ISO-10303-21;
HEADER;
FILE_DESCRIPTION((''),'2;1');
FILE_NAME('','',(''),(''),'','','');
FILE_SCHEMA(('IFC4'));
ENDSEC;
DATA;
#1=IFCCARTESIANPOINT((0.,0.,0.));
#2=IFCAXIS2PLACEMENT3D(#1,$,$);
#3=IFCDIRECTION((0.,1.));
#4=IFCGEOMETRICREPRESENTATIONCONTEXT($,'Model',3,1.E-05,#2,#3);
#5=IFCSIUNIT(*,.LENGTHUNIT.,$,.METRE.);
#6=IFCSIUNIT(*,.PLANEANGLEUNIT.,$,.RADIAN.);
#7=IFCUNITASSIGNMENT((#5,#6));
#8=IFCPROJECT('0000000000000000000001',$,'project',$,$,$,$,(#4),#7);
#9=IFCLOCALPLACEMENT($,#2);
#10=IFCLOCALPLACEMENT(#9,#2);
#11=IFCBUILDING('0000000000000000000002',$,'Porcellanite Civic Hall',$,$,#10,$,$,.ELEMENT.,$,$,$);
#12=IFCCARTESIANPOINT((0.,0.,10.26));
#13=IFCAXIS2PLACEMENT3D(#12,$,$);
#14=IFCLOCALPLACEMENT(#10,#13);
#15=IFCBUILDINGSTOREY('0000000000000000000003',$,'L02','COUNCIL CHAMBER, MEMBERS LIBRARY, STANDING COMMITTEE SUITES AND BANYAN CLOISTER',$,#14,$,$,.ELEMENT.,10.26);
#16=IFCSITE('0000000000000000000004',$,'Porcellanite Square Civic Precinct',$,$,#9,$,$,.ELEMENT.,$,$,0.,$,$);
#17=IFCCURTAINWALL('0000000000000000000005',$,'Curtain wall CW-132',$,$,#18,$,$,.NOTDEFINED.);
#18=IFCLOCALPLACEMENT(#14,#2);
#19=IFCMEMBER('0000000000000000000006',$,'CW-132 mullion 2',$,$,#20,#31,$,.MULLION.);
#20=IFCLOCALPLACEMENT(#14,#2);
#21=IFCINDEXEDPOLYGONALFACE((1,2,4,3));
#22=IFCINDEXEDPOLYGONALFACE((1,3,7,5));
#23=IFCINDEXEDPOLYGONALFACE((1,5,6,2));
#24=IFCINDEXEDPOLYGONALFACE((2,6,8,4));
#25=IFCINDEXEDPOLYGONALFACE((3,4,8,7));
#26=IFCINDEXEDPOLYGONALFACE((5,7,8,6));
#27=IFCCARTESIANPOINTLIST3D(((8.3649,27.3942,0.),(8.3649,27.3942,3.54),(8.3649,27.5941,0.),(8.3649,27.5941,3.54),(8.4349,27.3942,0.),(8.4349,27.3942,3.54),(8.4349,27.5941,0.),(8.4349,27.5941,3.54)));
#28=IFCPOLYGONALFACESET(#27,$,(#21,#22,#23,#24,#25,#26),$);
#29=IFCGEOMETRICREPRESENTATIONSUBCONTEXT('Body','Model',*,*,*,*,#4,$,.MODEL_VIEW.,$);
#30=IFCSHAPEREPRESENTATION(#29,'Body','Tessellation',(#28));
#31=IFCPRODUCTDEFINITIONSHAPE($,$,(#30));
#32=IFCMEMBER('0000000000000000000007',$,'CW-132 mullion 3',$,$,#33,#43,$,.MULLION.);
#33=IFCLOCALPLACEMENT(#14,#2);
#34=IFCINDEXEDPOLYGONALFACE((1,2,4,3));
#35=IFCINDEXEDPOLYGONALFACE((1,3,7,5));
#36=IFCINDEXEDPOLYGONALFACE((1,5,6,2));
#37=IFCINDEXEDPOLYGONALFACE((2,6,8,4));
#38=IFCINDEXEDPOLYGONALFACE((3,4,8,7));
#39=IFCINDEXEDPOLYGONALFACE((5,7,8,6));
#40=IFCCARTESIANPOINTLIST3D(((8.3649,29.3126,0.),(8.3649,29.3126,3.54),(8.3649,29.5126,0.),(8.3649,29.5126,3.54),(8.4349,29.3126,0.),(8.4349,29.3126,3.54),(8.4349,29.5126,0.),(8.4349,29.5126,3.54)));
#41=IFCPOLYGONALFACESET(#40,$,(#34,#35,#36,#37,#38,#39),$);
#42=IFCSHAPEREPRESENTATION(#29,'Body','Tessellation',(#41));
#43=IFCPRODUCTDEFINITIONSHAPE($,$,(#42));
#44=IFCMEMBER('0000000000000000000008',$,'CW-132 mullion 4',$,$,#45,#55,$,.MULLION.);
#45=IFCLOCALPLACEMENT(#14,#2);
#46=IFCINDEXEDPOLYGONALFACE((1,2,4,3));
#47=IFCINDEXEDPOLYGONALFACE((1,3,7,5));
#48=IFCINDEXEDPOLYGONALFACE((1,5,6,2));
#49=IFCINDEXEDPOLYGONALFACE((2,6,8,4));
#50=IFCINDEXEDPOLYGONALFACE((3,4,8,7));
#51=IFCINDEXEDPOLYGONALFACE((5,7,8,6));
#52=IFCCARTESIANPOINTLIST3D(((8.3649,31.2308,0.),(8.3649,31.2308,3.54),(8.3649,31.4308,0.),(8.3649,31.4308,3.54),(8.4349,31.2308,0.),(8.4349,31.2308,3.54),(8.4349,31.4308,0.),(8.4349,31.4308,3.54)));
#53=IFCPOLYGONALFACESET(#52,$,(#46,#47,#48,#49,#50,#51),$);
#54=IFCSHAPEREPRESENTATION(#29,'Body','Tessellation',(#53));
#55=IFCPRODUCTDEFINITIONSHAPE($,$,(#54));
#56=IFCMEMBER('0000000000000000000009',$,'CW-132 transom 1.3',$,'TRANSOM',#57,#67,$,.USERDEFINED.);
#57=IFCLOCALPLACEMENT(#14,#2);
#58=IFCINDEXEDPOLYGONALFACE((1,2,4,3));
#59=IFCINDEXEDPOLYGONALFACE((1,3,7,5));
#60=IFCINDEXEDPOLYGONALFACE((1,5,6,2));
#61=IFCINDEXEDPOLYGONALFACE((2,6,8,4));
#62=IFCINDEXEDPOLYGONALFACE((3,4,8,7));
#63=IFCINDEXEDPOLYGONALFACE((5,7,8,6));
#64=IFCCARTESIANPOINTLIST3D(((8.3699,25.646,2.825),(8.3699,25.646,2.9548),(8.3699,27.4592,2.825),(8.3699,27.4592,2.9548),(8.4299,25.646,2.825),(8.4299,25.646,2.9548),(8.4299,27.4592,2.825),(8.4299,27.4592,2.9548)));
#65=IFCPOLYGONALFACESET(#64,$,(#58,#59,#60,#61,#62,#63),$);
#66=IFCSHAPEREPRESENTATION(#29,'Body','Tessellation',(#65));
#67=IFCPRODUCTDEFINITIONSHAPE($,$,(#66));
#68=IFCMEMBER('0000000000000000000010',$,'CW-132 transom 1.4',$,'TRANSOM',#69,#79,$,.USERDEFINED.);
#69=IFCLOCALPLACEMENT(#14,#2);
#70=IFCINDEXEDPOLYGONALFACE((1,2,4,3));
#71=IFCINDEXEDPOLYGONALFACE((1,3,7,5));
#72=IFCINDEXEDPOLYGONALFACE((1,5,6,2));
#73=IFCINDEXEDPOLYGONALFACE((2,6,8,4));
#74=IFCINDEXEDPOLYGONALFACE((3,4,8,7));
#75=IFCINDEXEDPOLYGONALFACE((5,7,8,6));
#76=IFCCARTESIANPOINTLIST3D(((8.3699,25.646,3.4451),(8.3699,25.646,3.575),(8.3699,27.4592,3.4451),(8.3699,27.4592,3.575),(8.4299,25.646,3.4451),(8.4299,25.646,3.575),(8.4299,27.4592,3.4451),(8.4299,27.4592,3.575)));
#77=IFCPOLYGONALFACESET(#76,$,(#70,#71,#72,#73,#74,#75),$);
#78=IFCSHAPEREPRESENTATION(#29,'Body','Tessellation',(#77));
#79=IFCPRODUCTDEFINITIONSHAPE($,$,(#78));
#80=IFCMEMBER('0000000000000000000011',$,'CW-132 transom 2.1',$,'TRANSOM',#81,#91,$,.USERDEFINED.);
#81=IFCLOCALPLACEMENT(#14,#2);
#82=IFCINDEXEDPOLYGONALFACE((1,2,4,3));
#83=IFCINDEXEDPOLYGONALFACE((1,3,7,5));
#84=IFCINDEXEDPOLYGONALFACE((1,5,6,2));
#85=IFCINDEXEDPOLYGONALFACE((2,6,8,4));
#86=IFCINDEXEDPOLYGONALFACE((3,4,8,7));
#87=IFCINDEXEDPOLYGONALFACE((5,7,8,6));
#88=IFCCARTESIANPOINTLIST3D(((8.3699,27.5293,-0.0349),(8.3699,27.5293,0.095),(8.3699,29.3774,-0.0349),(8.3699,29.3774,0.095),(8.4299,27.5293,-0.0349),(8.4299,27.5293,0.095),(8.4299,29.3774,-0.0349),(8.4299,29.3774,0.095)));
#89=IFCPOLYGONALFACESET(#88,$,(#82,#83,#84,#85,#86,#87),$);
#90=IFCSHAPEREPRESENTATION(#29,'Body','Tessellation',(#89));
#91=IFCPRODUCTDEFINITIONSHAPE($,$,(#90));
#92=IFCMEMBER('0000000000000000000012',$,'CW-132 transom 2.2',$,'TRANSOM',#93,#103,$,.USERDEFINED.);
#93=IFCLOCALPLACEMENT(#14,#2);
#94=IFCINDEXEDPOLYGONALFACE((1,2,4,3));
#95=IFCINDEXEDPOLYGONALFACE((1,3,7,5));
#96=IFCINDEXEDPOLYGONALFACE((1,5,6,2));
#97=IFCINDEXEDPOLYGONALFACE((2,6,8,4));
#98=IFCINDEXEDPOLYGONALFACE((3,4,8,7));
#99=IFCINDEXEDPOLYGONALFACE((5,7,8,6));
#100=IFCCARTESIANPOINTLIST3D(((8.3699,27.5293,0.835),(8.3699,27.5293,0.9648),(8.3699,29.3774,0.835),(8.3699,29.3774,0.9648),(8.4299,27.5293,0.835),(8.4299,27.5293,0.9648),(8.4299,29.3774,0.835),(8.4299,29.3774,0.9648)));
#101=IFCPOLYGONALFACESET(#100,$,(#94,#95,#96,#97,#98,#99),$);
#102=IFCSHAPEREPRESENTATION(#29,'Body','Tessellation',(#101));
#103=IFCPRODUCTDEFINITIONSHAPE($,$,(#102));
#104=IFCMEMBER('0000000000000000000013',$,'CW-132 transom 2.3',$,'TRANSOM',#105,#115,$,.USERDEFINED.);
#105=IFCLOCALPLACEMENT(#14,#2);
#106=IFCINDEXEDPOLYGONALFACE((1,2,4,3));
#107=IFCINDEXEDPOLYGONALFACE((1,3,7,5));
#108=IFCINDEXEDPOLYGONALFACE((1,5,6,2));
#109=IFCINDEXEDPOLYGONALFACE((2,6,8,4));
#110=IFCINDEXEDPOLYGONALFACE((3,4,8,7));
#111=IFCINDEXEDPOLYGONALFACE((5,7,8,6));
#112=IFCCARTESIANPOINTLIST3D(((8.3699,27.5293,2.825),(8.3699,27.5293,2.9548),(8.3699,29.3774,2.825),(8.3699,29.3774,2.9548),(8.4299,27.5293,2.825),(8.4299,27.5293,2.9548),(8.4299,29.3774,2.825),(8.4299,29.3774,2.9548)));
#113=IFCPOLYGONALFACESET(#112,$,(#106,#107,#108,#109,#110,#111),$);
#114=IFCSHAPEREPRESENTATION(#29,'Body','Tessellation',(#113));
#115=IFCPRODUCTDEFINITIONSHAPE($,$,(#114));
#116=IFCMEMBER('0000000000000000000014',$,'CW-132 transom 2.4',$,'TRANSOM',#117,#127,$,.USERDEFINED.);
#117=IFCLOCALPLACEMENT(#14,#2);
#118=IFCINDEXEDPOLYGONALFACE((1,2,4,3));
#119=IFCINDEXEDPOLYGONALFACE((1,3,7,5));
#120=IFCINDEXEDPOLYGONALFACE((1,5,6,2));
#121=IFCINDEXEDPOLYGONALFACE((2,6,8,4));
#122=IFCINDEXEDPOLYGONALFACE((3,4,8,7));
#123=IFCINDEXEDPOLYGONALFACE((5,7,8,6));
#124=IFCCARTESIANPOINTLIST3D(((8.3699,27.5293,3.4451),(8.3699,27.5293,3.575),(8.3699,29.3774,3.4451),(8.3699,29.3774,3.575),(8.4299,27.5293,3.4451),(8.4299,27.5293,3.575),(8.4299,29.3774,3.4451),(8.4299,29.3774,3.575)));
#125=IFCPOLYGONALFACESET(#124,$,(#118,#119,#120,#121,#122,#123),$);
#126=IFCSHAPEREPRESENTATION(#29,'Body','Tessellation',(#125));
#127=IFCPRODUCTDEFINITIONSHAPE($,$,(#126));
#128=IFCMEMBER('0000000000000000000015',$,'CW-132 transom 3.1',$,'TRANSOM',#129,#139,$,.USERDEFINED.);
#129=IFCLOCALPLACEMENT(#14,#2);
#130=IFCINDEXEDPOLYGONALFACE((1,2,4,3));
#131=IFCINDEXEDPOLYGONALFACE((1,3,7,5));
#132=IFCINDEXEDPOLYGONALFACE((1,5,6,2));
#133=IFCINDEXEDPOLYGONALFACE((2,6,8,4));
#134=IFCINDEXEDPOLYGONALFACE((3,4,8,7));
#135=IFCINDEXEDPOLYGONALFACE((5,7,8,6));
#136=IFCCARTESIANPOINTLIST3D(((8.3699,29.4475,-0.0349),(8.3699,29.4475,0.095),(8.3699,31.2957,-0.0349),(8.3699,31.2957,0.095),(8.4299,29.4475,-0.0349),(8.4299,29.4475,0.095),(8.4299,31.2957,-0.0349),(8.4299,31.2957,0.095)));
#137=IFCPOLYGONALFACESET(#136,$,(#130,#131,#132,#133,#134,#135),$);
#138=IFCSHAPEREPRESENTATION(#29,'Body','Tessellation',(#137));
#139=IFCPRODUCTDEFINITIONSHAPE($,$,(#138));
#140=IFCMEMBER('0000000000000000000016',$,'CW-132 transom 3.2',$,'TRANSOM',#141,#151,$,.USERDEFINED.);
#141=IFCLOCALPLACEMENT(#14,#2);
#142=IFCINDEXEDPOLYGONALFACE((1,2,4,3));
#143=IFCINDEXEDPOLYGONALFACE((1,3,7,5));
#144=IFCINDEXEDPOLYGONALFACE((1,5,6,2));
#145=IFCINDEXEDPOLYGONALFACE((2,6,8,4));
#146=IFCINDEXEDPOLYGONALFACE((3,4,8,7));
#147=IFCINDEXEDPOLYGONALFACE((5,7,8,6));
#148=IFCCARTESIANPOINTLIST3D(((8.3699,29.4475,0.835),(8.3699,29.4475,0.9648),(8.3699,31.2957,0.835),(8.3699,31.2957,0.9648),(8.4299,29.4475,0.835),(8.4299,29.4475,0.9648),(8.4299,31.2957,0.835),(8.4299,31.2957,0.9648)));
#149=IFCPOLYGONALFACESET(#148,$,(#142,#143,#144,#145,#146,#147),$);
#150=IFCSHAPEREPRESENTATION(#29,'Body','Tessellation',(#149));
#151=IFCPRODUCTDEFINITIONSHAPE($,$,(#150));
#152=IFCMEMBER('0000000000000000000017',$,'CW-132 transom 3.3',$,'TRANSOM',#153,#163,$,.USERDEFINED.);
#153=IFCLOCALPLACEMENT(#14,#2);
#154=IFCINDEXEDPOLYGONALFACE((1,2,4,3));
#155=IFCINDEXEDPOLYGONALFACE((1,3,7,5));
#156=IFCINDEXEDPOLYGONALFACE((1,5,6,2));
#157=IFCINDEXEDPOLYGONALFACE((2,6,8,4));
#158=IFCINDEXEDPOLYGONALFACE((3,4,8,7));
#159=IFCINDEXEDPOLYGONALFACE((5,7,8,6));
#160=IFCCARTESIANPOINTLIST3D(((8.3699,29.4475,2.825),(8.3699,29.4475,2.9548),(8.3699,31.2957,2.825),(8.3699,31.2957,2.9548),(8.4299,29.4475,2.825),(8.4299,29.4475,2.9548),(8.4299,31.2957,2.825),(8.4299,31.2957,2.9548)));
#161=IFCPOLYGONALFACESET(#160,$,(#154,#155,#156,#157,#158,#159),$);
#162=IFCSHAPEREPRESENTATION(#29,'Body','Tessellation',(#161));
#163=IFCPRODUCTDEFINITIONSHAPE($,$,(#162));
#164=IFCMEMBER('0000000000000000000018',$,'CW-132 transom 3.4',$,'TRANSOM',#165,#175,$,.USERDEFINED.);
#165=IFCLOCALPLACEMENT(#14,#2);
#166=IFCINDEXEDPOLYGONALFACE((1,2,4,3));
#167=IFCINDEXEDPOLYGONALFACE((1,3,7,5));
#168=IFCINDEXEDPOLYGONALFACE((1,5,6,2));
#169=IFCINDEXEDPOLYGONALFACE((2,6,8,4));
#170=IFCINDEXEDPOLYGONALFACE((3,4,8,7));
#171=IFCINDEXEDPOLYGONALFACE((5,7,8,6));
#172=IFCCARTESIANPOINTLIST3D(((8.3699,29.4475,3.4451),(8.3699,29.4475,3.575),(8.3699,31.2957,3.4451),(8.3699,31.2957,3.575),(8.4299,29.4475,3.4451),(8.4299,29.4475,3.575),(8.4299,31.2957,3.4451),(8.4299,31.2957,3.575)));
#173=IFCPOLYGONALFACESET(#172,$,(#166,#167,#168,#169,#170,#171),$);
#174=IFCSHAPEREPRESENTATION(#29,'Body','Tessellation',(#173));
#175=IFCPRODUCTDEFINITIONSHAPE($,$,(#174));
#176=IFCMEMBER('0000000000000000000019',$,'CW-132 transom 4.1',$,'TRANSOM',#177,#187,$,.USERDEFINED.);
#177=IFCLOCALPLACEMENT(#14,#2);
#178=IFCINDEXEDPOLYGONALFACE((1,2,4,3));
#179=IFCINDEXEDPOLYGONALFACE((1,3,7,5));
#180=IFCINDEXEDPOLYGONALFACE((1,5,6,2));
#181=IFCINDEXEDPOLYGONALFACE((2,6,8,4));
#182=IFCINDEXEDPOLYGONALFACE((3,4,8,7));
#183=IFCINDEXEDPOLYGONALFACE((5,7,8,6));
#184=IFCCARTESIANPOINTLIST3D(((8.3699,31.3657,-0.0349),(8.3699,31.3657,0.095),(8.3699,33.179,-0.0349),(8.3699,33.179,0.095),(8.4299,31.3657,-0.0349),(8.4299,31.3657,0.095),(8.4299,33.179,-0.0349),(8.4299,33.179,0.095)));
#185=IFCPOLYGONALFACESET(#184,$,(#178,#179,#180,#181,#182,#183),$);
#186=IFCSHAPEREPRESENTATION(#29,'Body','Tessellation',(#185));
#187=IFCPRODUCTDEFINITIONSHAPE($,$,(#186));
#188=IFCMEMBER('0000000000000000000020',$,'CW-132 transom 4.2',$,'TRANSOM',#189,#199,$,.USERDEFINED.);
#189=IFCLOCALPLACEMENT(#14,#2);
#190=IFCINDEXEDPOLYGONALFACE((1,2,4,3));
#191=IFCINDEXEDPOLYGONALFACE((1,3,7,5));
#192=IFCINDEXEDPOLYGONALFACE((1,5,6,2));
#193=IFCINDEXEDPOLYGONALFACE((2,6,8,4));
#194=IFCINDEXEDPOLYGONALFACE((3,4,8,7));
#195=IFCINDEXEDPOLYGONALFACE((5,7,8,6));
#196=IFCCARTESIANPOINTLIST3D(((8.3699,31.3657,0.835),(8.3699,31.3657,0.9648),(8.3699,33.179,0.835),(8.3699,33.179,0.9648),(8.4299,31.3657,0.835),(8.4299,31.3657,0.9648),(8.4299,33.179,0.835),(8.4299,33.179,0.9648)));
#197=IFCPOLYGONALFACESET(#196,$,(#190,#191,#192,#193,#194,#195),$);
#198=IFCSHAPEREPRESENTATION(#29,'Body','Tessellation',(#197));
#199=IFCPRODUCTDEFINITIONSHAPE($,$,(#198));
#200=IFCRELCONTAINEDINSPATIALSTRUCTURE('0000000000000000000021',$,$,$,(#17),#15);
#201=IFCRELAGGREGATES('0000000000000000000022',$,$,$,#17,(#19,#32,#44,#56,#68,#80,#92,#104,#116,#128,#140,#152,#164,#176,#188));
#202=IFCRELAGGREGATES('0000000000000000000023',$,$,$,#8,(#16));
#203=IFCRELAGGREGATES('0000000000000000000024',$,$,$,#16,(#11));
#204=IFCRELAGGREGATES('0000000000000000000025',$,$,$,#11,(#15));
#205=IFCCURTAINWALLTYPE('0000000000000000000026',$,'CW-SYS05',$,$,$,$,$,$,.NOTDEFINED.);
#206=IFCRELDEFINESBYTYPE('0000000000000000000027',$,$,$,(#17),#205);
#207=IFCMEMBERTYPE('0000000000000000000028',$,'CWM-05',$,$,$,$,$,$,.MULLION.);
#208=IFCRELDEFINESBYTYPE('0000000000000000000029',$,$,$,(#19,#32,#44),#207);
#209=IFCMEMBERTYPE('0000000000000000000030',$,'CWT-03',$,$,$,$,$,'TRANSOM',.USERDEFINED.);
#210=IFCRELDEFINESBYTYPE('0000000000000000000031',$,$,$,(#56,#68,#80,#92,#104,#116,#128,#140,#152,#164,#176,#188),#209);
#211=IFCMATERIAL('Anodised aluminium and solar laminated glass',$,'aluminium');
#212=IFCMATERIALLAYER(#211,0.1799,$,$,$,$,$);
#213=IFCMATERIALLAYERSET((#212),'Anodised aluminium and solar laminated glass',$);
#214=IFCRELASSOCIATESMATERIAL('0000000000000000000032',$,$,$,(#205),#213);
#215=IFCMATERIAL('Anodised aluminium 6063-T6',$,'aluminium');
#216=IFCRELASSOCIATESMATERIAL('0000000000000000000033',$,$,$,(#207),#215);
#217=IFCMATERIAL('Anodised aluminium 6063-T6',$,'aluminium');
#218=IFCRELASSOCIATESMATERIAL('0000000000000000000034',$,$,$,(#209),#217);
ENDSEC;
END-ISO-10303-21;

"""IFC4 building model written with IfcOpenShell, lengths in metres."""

from ifc_helpers import new_model, si_unit, direction, frame, origin, origin_2d, place, context, subcontext, project, spatial, rectangle, extrude, material, layer, layer_set, material_profile, profile_set, type_object, element, aggregate, save


model = new_model("IFC4")

# Units and contexts
model_context = context("Model", 3, precision=1e-05, world=origin(), true_north=direction((0.0, 1.0)))
body_context = subcontext(model_context, "Body", "Model", "MODEL_VIEW")
ifc_project = project(units=[si_unit("LENGTHUNIT", "METRE"), si_unit("PLANEANGLEUNIT", "RADIAN")], contexts=[model_context])

# Site, building, storey
site_placement = place(None, origin())
site = spatial("IfcSite", under=ifc_project, at=site_placement, Name="Porcellanite Square Civic Precinct", CompositionType="ELEMENT", RefElevation=0.0)
building_placement = place(site_placement, origin())
building = spatial("IfcBuilding", under=site, at=building_placement, Name="Porcellanite Civic Hall", CompositionType="ELEMENT")
storey_placement = place(building_placement, frame((0.0, 0.0, 10.26)))
storey = spatial("IfcBuildingStorey", under=building, at=storey_placement, Name="L02", Description="COUNCIL CHAMBER, MEMBERS LIBRARY, STANDING COMMITTEE SUITES AND BANYAN CLOISTER", CompositionType="ELEMENT", Elevation=10.26)

# Curtain wall, members
ifc_material_1 = material(Name="Anodised aluminium and solar laminated glass", Category="aluminium")
ifc_layer_1 = layer(ifc_material_1, 0.1799)
ifc_layer_set_1 = layer_set([ifc_layer_1], Name="Anodised aluminium and solar laminated glass")
curtain_wall_type = type_object("IfcCurtainWallType", Name="CW-SYS05", PredefinedType="NOTDEFINED", material=ifc_layer_set_1)
curtain_wall_placement = place(storey_placement, origin())
curtain_wall = element("IfcCurtainWall", 1, at=curtain_wall_placement, inside=storey, type_object=curtain_wall_type, Name="Curtain wall CW-132", PredefinedType="NOTDEFINED")
ifc_material_2 = material(Name="Anodised aluminium 6063-T6", Category="aluminium")
ifc_material_profile_1 = material_profile(ifc_material_2, rectangle(XDim=0.0701, YDim=0.2, at=origin_2d()), Name="AL-70x200")
ifc_profile_set_1 = profile_set([ifc_material_profile_1], Name="Anodised aluminium 6063-T6")
member_type_1 = type_object("IfcMemberType", Name="CWM-05", PredefinedType="MULLION", material=ifc_profile_set_1)
member_1_placement = place(storey_placement, frame((8.3999, 27.4941, 0.0), z_axis=(0.0, 0.0, 1.0), x_axis=(-1.0, 0.0, 0.0)))
member_1 = element("IfcMember", 2, at=member_1_placement, type_object=member_type_1, Name="CW-132 mullion 2", PredefinedType="MULLION", context=body_context, shape_type="SweptSolid", body=[
    extrude(rectangle(XDim=0.0701, YDim=0.2, at=origin_2d()), origin(), (0.0, 0.0, 1.0), 3.54),
])
member_2_placement = place(storey_placement, frame((8.3999, 29.4126, 0.0), z_axis=(0.0, 0.0, 1.0), x_axis=(-1.0, 0.0, 0.0)))
member_2 = element("IfcMember", 3, at=member_2_placement, type_object=member_type_1, Name="CW-132 mullion 3", PredefinedType="MULLION", context=body_context, shape_type="SweptSolid", body=[
    extrude(rectangle(XDim=0.0701, YDim=0.2, at=origin_2d()), origin(), (0.0, 0.0, 1.0), 3.54),
])
member_3_placement = place(storey_placement, frame((8.3999, 31.3308, 0.0), z_axis=(0.0, 0.0, 1.0), x_axis=(-1.0, 0.0, 0.0)))
member_3 = element("IfcMember", 4, at=member_3_placement, type_object=member_type_1, Name="CW-132 mullion 4", PredefinedType="MULLION", context=body_context, shape_type="SweptSolid", body=[
    extrude(rectangle(XDim=0.0701, YDim=0.2, at=origin_2d()), origin(), (0.0, 0.0, 1.0), 3.54),
])
ifc_material_3 = material(Name="Anodised aluminium 6063-T6", Category="aluminium")
ifc_material_profile_2 = material_profile(ifc_material_3, rectangle(XDim=0.0601, YDim=0.1299, at=origin_2d()), Name="AL-60x130")
ifc_profile_set_2 = profile_set([ifc_material_profile_2], Name="Anodised aluminium 6063-T6")
member_type_2 = type_object("IfcMemberType", Name="CWT-03", ElementType="TRANSOM", PredefinedType="USERDEFINED", material=ifc_profile_set_2)
member_4_placement = place(storey_placement, frame((8.3999, 25.646, 2.8899), z_axis=(0.0, 1.0, 0.0), x_axis=(-1.0, 0.0, 0.0)))
member_4 = element("IfcMember", 5, at=member_4_placement, type_object=member_type_2, Name="CW-132 transom 1.3", ObjectType="TRANSOM", PredefinedType="USERDEFINED", context=body_context, shape_type="SweptSolid", body=[
    extrude(rectangle(XDim=0.0601, YDim=0.1299, at=origin_2d()), origin(), (0.0, 0.0, 1.0), 1.8132),
])
member_5_placement = place(storey_placement, frame((8.3999, 25.646, 3.51), z_axis=(0.0, 1.0, 0.0), x_axis=(-1.0, 0.0, 0.0)))
member_5 = element("IfcMember", 6, at=member_5_placement, type_object=member_type_2, Name="CW-132 transom 1.4", ObjectType="TRANSOM", PredefinedType="USERDEFINED", context=body_context, shape_type="SweptSolid", body=[
    extrude(rectangle(XDim=0.0601, YDim=0.1299, at=origin_2d()), origin(), (0.0, 0.0, 1.0), 1.8132),
])
member_6_placement = place(storey_placement, frame((8.3999, 27.5293, 0.03), z_axis=(0.0, 1.0, 0.0), x_axis=(-1.0, 0.0, 0.0)))
member_6 = element("IfcMember", 7, at=member_6_placement, type_object=member_type_2, Name="CW-132 transom 2.1", ObjectType="TRANSOM", PredefinedType="USERDEFINED", context=body_context, shape_type="SweptSolid", body=[
    extrude(rectangle(XDim=0.0601, YDim=0.1299, at=origin_2d()), origin(), (0.0, 0.0, 1.0), 1.8481),
])
member_7_placement = place(storey_placement, frame((8.3999, 27.5293, 0.8999), z_axis=(0.0, 1.0, 0.0), x_axis=(-1.0, 0.0, 0.0)))
member_7 = element("IfcMember", 8, at=member_7_placement, type_object=member_type_2, Name="CW-132 transom 2.2", ObjectType="TRANSOM", PredefinedType="USERDEFINED", context=body_context, shape_type="SweptSolid", body=[
    extrude(rectangle(XDim=0.0601, YDim=0.1299, at=origin_2d()), origin(), (0.0, 0.0, 1.0), 1.8481),
])
member_8_placement = place(storey_placement, frame((8.3999, 27.5293, 2.8899), z_axis=(0.0, 1.0, 0.0), x_axis=(-1.0, 0.0, 0.0)))
member_8 = element("IfcMember", 9, at=member_8_placement, type_object=member_type_2, Name="CW-132 transom 2.3", ObjectType="TRANSOM", PredefinedType="USERDEFINED", context=body_context, shape_type="SweptSolid", body=[
    extrude(rectangle(XDim=0.0601, YDim=0.1299, at=origin_2d()), origin(), (0.0, 0.0, 1.0), 1.8481),
])
member_9_placement = place(storey_placement, frame((8.3999, 27.5293, 3.51), z_axis=(0.0, 1.0, 0.0), x_axis=(-1.0, 0.0, 0.0)))
member_9 = element("IfcMember", 10, at=member_9_placement, type_object=member_type_2, Name="CW-132 transom 2.4", ObjectType="TRANSOM", PredefinedType="USERDEFINED", context=body_context, shape_type="SweptSolid", body=[
    extrude(rectangle(XDim=0.0601, YDim=0.1299, at=origin_2d()), origin(), (0.0, 0.0, 1.0), 1.8481),
])
member_10_placement = place(storey_placement, frame((8.3999, 29.4475, 0.03), z_axis=(0.0, 1.0, 0.0), x_axis=(-1.0, 0.0, 0.0)))
member_10 = element("IfcMember", 11, at=member_10_placement, type_object=member_type_2, Name="CW-132 transom 3.1", ObjectType="TRANSOM", PredefinedType="USERDEFINED", context=body_context, shape_type="SweptSolid", body=[
    extrude(rectangle(XDim=0.0601, YDim=0.1299, at=origin_2d()), origin(), (0.0, 0.0, 1.0), 1.8481),
])
member_11_placement = place(storey_placement, frame((8.3999, 29.4475, 0.8999), z_axis=(0.0, 1.0, 0.0), x_axis=(-1.0, 0.0, 0.0)))
member_11 = element("IfcMember", 12, at=member_11_placement, type_object=member_type_2, Name="CW-132 transom 3.2", ObjectType="TRANSOM", PredefinedType="USERDEFINED", context=body_context, shape_type="SweptSolid", body=[
    extrude(rectangle(XDim=0.0601, YDim=0.1299, at=origin_2d()), origin(), (0.0, 0.0, 1.0), 1.8481),
])
member_12_placement = place(storey_placement, frame((8.3999, 29.4475, 2.8899), z_axis=(0.0, 1.0, 0.0), x_axis=(-1.0, 0.0, 0.0)))
member_12 = element("IfcMember", 13, at=member_12_placement, type_object=member_type_2, Name="CW-132 transom 3.3", ObjectType="TRANSOM", PredefinedType="USERDEFINED", context=body_context, shape_type="SweptSolid", body=[
    extrude(rectangle(XDim=0.0601, YDim=0.1299, at=origin_2d()), origin(), (0.0, 0.0, 1.0), 1.8481),
])
member_13_placement = place(storey_placement, frame((8.3999, 29.4475, 3.51), z_axis=(0.0, 1.0, 0.0), x_axis=(-1.0, 0.0, 0.0)))
member_13 = element("IfcMember", 14, at=member_13_placement, type_object=member_type_2, Name="CW-132 transom 3.4", ObjectType="TRANSOM", PredefinedType="USERDEFINED", context=body_context, shape_type="SweptSolid", body=[
    extrude(rectangle(XDim=0.0601, YDim=0.1299, at=origin_2d()), origin(), (0.0, 0.0, 1.0), 1.8481),
])
member_14_placement = place(storey_placement, frame((8.3999, 31.3657, 0.03), z_axis=(0.0, 1.0, 0.0), x_axis=(-1.0, 0.0, 0.0)))
member_14 = element("IfcMember", 15, at=member_14_placement, type_object=member_type_2, Name="CW-132 transom 4.1", ObjectType="TRANSOM", PredefinedType="USERDEFINED", context=body_context, shape_type="SweptSolid", body=[
    extrude(rectangle(XDim=0.0601, YDim=0.1299, at=origin_2d()), origin(), (0.0, 0.0, 1.0), 1.8132),
])
member_15_placement = place(storey_placement, frame((8.3999, 31.3657, 0.8999), z_axis=(0.0, 1.0, 0.0), x_axis=(-1.0, 0.0, 0.0)))
member_15 = element("IfcMember", 16, at=member_15_placement, type_object=member_type_2, Name="CW-132 transom 4.2", ObjectType="TRANSOM", PredefinedType="USERDEFINED", context=body_context, shape_type="SweptSolid", body=[
    extrude(rectangle(XDim=0.0601, YDim=0.1299, at=origin_2d()), origin(), (0.0, 0.0, 1.0), 1.8132),
])
aggregate(curtain_wall, [member_1, member_2, member_3, member_4, member_5, member_6, member_7, member_8, member_9, member_10, member_11, member_12, member_13, member_14, member_15])

save(model, "model.ifc")
